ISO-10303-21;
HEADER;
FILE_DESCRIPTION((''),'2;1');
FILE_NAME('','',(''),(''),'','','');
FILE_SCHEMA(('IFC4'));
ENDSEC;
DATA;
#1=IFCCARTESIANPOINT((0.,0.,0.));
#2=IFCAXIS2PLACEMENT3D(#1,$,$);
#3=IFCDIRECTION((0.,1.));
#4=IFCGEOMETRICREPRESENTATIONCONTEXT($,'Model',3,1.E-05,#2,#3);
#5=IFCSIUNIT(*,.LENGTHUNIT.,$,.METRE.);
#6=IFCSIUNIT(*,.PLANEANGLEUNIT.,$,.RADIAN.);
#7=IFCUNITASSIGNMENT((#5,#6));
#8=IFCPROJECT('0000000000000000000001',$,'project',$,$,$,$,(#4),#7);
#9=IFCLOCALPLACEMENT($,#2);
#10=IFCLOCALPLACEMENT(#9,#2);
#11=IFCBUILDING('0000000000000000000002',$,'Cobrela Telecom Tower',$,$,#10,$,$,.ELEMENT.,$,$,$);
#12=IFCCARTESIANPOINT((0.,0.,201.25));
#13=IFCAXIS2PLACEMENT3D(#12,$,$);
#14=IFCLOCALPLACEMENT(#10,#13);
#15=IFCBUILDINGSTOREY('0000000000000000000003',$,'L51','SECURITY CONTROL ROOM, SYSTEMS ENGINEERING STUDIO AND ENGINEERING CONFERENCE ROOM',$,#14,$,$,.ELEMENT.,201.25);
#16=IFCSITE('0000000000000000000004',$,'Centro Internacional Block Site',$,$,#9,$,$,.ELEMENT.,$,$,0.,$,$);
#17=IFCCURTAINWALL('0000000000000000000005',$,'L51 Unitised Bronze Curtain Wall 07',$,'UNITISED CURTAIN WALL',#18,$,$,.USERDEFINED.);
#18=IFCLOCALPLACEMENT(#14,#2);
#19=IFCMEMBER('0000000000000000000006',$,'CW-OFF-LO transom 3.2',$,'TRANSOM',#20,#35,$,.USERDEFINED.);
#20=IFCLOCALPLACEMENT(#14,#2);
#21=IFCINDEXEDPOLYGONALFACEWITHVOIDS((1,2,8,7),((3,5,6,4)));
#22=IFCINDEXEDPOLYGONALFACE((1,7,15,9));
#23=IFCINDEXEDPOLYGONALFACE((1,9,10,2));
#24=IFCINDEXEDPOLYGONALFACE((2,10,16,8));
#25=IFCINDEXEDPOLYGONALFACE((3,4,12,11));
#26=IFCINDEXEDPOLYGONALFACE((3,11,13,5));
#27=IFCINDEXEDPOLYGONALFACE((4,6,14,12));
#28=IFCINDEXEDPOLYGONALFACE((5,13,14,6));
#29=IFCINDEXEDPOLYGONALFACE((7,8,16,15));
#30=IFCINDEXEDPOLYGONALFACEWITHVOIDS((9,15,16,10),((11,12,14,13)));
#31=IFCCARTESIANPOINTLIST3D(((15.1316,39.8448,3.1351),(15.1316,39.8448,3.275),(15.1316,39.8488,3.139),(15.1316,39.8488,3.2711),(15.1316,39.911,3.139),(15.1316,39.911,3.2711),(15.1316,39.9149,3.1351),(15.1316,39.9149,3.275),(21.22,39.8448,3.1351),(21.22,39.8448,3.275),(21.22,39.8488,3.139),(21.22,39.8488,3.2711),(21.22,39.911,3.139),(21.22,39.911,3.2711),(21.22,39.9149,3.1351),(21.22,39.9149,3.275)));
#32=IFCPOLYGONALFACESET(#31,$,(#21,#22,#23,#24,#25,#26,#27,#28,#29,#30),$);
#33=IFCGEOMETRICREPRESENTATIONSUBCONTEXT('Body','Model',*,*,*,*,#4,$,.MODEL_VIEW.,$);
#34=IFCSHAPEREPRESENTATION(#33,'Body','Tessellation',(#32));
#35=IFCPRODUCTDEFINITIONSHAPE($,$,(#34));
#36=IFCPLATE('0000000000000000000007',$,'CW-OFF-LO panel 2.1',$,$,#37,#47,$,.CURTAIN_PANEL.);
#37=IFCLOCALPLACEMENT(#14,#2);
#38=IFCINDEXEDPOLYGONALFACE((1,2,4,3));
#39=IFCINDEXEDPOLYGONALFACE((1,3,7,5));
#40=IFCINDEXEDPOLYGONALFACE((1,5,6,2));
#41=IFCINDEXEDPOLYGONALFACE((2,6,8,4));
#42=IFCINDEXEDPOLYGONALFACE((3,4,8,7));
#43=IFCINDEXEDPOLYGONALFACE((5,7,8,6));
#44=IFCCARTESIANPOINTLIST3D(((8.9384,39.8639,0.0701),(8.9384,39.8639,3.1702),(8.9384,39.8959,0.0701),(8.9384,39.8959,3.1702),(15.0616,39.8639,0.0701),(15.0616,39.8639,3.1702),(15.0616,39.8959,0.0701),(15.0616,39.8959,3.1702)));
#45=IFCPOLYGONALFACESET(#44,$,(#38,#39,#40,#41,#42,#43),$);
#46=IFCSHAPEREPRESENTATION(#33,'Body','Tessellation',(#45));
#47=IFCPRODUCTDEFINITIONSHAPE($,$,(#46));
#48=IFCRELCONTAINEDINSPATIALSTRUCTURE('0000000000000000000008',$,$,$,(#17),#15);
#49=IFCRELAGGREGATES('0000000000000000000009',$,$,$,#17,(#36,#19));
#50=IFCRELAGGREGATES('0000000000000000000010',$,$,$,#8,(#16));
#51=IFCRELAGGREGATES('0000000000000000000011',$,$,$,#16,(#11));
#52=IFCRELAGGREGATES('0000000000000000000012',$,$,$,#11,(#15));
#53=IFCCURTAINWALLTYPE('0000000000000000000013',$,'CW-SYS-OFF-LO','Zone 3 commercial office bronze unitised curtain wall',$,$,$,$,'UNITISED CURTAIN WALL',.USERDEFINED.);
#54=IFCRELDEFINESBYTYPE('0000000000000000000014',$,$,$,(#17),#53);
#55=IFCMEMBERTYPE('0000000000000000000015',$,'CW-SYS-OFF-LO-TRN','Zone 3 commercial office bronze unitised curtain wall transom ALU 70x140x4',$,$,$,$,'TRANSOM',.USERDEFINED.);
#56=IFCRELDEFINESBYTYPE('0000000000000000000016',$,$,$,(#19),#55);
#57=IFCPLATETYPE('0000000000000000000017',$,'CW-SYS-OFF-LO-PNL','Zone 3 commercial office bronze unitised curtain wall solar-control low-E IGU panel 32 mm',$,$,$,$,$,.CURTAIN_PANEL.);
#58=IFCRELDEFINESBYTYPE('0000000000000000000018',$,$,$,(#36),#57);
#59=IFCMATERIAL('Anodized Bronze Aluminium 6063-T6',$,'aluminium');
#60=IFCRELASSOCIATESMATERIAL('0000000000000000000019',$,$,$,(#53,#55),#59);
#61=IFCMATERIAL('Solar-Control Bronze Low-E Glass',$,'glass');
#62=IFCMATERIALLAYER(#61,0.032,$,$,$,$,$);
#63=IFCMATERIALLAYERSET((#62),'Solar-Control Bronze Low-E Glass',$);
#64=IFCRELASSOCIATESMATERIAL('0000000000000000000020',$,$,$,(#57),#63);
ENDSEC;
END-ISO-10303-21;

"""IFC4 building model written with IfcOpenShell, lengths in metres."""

from ifc_helpers import new_model, si_unit, direction, frame, origin, origin_2d, place, context, subcontext, project, spatial, rectangle, hollow_rectangle, extrude, material, layer, layer_set, material_profile, profile_set, type_object, element, aggregate, save


model = new_model("IFC4")

# Units and contexts
model_context = context("Model", 3, precision=1e-05, world=origin(), true_north=direction((0.0, 1.0)))
body_context = subcontext(model_context, "Body", "Model", "MODEL_VIEW")
ifc_project = project(units=[si_unit("LENGTHUNIT", "METRE"), si_unit("PLANEANGLEUNIT", "RADIAN")], contexts=[model_context])

# Site, building, storey
site_placement = place(None, origin())
site = spatial("IfcSite", under=ifc_project, at=site_placement, Name="Centro Internacional Block Site", CompositionType="ELEMENT", RefElevation=0.0)
building_placement = place(site_placement, origin())
building = spatial("IfcBuilding", under=site, at=building_placement, Name="Cobrela Telecom Tower", CompositionType="ELEMENT")
storey_placement = place(building_placement, frame((0.0, 0.0, 201.25)))
storey = spatial("IfcBuildingStorey", under=building, at=storey_placement, Name="L51", Description="SECURITY CONTROL ROOM, SYSTEMS ENGINEERING STUDIO AND ENGINEERING CONFERENCE ROOM", CompositionType="ELEMENT", Elevation=201.25)

# Curtain wall, member, plate
ifc_material_1 = material(Name="Anodized Bronze Aluminium 6063-T6", Category="aluminium")
curtain_wall_type = type_object("IfcCurtainWallType", Name="CW-SYS-OFF-LO", Description="Zone 3 commercial office bronze unitised curtain wall", ElementType="UNITISED CURTAIN WALL", PredefinedType="USERDEFINED", material=ifc_material_1)
curtain_wall_placement = place(storey_placement, origin())
curtain_wall = element("IfcCurtainWall", 1, at=curtain_wall_placement, inside=storey, type_object=curtain_wall_type, Name="L51 Unitised Bronze Curtain Wall 07", ObjectType="UNITISED CURTAIN WALL", PredefinedType="USERDEFINED")
ifc_material_profile_1 = material_profile(ifc_material_1, hollow_rectangle(XDim=0.0701, YDim=0.1399, WallThickness=0.0039, at=origin_2d()), Name="ALU 70x140x4")
ifc_profile_set_1 = profile_set([ifc_material_profile_1], Name="Anodized Bronze Aluminium 6063-T6")
member_type_1 = type_object("IfcMemberType", Name="CW-SYS-OFF-LO-TRN", Description="Zone 3 commercial office bronze unitised curtain wall transom ALU 70x140x4", ElementType="TRANSOM", PredefinedType="USERDEFINED", material=ifc_profile_set_1)
member_1_placement = place(storey_placement, frame((15.1316, 39.8799, 3.2051), z_axis=(1.0, 0.0, 0.0), x_axis=(0.0, 1.0, 0.0)))
member_1 = element("IfcMember", 2, at=member_1_placement, type_object=member_type_1, Name="CW-OFF-LO transom 3.2", ObjectType="TRANSOM", PredefinedType="USERDEFINED", context=body_context, shape_type="SweptSolid", body=[
    extrude(hollow_rectangle(XDim=0.0701, YDim=0.1399, WallThickness=0.0039, at=origin_2d()), origin(), (0.0, 0.0, 1.0), 6.0884),
])
ifc_material_2 = material(Name="Solar-Control Bronze Low-E Glass", Category="glass")
ifc_layer_1 = layer(ifc_material_2, 0.032)
ifc_layer_set_1 = layer_set([ifc_layer_1], Name="Solar-Control Bronze Low-E Glass")
plate_type = type_object("IfcPlateType", Name="CW-SYS-OFF-LO-PNL", Description="Zone 3 commercial office bronze unitised curtain wall solar-control low-E IGU panel 32 mm", PredefinedType="CURTAIN_PANEL", material=ifc_layer_set_1)
plate_placement = place(storey_placement, frame((12.0, 39.8799, 0.0701), z_axis=(0.0, 0.0, 1.0), x_axis=(1.0, 0.0, 0.0)))
plate = element("IfcPlate", 3, at=plate_placement, type_object=plate_type, Name="CW-OFF-LO panel 2.1", PredefinedType="CURTAIN_PANEL", context=body_context, shape_type="SweptSolid", body=[
    extrude(rectangle(XDim=6.1233, YDim=0.032, at=origin_2d()), origin(), (0.0, 0.0, 1.0), 3.1001),
])
aggregate(curtain_wall, [plate, member_1])

save(model, "model.ifc")
